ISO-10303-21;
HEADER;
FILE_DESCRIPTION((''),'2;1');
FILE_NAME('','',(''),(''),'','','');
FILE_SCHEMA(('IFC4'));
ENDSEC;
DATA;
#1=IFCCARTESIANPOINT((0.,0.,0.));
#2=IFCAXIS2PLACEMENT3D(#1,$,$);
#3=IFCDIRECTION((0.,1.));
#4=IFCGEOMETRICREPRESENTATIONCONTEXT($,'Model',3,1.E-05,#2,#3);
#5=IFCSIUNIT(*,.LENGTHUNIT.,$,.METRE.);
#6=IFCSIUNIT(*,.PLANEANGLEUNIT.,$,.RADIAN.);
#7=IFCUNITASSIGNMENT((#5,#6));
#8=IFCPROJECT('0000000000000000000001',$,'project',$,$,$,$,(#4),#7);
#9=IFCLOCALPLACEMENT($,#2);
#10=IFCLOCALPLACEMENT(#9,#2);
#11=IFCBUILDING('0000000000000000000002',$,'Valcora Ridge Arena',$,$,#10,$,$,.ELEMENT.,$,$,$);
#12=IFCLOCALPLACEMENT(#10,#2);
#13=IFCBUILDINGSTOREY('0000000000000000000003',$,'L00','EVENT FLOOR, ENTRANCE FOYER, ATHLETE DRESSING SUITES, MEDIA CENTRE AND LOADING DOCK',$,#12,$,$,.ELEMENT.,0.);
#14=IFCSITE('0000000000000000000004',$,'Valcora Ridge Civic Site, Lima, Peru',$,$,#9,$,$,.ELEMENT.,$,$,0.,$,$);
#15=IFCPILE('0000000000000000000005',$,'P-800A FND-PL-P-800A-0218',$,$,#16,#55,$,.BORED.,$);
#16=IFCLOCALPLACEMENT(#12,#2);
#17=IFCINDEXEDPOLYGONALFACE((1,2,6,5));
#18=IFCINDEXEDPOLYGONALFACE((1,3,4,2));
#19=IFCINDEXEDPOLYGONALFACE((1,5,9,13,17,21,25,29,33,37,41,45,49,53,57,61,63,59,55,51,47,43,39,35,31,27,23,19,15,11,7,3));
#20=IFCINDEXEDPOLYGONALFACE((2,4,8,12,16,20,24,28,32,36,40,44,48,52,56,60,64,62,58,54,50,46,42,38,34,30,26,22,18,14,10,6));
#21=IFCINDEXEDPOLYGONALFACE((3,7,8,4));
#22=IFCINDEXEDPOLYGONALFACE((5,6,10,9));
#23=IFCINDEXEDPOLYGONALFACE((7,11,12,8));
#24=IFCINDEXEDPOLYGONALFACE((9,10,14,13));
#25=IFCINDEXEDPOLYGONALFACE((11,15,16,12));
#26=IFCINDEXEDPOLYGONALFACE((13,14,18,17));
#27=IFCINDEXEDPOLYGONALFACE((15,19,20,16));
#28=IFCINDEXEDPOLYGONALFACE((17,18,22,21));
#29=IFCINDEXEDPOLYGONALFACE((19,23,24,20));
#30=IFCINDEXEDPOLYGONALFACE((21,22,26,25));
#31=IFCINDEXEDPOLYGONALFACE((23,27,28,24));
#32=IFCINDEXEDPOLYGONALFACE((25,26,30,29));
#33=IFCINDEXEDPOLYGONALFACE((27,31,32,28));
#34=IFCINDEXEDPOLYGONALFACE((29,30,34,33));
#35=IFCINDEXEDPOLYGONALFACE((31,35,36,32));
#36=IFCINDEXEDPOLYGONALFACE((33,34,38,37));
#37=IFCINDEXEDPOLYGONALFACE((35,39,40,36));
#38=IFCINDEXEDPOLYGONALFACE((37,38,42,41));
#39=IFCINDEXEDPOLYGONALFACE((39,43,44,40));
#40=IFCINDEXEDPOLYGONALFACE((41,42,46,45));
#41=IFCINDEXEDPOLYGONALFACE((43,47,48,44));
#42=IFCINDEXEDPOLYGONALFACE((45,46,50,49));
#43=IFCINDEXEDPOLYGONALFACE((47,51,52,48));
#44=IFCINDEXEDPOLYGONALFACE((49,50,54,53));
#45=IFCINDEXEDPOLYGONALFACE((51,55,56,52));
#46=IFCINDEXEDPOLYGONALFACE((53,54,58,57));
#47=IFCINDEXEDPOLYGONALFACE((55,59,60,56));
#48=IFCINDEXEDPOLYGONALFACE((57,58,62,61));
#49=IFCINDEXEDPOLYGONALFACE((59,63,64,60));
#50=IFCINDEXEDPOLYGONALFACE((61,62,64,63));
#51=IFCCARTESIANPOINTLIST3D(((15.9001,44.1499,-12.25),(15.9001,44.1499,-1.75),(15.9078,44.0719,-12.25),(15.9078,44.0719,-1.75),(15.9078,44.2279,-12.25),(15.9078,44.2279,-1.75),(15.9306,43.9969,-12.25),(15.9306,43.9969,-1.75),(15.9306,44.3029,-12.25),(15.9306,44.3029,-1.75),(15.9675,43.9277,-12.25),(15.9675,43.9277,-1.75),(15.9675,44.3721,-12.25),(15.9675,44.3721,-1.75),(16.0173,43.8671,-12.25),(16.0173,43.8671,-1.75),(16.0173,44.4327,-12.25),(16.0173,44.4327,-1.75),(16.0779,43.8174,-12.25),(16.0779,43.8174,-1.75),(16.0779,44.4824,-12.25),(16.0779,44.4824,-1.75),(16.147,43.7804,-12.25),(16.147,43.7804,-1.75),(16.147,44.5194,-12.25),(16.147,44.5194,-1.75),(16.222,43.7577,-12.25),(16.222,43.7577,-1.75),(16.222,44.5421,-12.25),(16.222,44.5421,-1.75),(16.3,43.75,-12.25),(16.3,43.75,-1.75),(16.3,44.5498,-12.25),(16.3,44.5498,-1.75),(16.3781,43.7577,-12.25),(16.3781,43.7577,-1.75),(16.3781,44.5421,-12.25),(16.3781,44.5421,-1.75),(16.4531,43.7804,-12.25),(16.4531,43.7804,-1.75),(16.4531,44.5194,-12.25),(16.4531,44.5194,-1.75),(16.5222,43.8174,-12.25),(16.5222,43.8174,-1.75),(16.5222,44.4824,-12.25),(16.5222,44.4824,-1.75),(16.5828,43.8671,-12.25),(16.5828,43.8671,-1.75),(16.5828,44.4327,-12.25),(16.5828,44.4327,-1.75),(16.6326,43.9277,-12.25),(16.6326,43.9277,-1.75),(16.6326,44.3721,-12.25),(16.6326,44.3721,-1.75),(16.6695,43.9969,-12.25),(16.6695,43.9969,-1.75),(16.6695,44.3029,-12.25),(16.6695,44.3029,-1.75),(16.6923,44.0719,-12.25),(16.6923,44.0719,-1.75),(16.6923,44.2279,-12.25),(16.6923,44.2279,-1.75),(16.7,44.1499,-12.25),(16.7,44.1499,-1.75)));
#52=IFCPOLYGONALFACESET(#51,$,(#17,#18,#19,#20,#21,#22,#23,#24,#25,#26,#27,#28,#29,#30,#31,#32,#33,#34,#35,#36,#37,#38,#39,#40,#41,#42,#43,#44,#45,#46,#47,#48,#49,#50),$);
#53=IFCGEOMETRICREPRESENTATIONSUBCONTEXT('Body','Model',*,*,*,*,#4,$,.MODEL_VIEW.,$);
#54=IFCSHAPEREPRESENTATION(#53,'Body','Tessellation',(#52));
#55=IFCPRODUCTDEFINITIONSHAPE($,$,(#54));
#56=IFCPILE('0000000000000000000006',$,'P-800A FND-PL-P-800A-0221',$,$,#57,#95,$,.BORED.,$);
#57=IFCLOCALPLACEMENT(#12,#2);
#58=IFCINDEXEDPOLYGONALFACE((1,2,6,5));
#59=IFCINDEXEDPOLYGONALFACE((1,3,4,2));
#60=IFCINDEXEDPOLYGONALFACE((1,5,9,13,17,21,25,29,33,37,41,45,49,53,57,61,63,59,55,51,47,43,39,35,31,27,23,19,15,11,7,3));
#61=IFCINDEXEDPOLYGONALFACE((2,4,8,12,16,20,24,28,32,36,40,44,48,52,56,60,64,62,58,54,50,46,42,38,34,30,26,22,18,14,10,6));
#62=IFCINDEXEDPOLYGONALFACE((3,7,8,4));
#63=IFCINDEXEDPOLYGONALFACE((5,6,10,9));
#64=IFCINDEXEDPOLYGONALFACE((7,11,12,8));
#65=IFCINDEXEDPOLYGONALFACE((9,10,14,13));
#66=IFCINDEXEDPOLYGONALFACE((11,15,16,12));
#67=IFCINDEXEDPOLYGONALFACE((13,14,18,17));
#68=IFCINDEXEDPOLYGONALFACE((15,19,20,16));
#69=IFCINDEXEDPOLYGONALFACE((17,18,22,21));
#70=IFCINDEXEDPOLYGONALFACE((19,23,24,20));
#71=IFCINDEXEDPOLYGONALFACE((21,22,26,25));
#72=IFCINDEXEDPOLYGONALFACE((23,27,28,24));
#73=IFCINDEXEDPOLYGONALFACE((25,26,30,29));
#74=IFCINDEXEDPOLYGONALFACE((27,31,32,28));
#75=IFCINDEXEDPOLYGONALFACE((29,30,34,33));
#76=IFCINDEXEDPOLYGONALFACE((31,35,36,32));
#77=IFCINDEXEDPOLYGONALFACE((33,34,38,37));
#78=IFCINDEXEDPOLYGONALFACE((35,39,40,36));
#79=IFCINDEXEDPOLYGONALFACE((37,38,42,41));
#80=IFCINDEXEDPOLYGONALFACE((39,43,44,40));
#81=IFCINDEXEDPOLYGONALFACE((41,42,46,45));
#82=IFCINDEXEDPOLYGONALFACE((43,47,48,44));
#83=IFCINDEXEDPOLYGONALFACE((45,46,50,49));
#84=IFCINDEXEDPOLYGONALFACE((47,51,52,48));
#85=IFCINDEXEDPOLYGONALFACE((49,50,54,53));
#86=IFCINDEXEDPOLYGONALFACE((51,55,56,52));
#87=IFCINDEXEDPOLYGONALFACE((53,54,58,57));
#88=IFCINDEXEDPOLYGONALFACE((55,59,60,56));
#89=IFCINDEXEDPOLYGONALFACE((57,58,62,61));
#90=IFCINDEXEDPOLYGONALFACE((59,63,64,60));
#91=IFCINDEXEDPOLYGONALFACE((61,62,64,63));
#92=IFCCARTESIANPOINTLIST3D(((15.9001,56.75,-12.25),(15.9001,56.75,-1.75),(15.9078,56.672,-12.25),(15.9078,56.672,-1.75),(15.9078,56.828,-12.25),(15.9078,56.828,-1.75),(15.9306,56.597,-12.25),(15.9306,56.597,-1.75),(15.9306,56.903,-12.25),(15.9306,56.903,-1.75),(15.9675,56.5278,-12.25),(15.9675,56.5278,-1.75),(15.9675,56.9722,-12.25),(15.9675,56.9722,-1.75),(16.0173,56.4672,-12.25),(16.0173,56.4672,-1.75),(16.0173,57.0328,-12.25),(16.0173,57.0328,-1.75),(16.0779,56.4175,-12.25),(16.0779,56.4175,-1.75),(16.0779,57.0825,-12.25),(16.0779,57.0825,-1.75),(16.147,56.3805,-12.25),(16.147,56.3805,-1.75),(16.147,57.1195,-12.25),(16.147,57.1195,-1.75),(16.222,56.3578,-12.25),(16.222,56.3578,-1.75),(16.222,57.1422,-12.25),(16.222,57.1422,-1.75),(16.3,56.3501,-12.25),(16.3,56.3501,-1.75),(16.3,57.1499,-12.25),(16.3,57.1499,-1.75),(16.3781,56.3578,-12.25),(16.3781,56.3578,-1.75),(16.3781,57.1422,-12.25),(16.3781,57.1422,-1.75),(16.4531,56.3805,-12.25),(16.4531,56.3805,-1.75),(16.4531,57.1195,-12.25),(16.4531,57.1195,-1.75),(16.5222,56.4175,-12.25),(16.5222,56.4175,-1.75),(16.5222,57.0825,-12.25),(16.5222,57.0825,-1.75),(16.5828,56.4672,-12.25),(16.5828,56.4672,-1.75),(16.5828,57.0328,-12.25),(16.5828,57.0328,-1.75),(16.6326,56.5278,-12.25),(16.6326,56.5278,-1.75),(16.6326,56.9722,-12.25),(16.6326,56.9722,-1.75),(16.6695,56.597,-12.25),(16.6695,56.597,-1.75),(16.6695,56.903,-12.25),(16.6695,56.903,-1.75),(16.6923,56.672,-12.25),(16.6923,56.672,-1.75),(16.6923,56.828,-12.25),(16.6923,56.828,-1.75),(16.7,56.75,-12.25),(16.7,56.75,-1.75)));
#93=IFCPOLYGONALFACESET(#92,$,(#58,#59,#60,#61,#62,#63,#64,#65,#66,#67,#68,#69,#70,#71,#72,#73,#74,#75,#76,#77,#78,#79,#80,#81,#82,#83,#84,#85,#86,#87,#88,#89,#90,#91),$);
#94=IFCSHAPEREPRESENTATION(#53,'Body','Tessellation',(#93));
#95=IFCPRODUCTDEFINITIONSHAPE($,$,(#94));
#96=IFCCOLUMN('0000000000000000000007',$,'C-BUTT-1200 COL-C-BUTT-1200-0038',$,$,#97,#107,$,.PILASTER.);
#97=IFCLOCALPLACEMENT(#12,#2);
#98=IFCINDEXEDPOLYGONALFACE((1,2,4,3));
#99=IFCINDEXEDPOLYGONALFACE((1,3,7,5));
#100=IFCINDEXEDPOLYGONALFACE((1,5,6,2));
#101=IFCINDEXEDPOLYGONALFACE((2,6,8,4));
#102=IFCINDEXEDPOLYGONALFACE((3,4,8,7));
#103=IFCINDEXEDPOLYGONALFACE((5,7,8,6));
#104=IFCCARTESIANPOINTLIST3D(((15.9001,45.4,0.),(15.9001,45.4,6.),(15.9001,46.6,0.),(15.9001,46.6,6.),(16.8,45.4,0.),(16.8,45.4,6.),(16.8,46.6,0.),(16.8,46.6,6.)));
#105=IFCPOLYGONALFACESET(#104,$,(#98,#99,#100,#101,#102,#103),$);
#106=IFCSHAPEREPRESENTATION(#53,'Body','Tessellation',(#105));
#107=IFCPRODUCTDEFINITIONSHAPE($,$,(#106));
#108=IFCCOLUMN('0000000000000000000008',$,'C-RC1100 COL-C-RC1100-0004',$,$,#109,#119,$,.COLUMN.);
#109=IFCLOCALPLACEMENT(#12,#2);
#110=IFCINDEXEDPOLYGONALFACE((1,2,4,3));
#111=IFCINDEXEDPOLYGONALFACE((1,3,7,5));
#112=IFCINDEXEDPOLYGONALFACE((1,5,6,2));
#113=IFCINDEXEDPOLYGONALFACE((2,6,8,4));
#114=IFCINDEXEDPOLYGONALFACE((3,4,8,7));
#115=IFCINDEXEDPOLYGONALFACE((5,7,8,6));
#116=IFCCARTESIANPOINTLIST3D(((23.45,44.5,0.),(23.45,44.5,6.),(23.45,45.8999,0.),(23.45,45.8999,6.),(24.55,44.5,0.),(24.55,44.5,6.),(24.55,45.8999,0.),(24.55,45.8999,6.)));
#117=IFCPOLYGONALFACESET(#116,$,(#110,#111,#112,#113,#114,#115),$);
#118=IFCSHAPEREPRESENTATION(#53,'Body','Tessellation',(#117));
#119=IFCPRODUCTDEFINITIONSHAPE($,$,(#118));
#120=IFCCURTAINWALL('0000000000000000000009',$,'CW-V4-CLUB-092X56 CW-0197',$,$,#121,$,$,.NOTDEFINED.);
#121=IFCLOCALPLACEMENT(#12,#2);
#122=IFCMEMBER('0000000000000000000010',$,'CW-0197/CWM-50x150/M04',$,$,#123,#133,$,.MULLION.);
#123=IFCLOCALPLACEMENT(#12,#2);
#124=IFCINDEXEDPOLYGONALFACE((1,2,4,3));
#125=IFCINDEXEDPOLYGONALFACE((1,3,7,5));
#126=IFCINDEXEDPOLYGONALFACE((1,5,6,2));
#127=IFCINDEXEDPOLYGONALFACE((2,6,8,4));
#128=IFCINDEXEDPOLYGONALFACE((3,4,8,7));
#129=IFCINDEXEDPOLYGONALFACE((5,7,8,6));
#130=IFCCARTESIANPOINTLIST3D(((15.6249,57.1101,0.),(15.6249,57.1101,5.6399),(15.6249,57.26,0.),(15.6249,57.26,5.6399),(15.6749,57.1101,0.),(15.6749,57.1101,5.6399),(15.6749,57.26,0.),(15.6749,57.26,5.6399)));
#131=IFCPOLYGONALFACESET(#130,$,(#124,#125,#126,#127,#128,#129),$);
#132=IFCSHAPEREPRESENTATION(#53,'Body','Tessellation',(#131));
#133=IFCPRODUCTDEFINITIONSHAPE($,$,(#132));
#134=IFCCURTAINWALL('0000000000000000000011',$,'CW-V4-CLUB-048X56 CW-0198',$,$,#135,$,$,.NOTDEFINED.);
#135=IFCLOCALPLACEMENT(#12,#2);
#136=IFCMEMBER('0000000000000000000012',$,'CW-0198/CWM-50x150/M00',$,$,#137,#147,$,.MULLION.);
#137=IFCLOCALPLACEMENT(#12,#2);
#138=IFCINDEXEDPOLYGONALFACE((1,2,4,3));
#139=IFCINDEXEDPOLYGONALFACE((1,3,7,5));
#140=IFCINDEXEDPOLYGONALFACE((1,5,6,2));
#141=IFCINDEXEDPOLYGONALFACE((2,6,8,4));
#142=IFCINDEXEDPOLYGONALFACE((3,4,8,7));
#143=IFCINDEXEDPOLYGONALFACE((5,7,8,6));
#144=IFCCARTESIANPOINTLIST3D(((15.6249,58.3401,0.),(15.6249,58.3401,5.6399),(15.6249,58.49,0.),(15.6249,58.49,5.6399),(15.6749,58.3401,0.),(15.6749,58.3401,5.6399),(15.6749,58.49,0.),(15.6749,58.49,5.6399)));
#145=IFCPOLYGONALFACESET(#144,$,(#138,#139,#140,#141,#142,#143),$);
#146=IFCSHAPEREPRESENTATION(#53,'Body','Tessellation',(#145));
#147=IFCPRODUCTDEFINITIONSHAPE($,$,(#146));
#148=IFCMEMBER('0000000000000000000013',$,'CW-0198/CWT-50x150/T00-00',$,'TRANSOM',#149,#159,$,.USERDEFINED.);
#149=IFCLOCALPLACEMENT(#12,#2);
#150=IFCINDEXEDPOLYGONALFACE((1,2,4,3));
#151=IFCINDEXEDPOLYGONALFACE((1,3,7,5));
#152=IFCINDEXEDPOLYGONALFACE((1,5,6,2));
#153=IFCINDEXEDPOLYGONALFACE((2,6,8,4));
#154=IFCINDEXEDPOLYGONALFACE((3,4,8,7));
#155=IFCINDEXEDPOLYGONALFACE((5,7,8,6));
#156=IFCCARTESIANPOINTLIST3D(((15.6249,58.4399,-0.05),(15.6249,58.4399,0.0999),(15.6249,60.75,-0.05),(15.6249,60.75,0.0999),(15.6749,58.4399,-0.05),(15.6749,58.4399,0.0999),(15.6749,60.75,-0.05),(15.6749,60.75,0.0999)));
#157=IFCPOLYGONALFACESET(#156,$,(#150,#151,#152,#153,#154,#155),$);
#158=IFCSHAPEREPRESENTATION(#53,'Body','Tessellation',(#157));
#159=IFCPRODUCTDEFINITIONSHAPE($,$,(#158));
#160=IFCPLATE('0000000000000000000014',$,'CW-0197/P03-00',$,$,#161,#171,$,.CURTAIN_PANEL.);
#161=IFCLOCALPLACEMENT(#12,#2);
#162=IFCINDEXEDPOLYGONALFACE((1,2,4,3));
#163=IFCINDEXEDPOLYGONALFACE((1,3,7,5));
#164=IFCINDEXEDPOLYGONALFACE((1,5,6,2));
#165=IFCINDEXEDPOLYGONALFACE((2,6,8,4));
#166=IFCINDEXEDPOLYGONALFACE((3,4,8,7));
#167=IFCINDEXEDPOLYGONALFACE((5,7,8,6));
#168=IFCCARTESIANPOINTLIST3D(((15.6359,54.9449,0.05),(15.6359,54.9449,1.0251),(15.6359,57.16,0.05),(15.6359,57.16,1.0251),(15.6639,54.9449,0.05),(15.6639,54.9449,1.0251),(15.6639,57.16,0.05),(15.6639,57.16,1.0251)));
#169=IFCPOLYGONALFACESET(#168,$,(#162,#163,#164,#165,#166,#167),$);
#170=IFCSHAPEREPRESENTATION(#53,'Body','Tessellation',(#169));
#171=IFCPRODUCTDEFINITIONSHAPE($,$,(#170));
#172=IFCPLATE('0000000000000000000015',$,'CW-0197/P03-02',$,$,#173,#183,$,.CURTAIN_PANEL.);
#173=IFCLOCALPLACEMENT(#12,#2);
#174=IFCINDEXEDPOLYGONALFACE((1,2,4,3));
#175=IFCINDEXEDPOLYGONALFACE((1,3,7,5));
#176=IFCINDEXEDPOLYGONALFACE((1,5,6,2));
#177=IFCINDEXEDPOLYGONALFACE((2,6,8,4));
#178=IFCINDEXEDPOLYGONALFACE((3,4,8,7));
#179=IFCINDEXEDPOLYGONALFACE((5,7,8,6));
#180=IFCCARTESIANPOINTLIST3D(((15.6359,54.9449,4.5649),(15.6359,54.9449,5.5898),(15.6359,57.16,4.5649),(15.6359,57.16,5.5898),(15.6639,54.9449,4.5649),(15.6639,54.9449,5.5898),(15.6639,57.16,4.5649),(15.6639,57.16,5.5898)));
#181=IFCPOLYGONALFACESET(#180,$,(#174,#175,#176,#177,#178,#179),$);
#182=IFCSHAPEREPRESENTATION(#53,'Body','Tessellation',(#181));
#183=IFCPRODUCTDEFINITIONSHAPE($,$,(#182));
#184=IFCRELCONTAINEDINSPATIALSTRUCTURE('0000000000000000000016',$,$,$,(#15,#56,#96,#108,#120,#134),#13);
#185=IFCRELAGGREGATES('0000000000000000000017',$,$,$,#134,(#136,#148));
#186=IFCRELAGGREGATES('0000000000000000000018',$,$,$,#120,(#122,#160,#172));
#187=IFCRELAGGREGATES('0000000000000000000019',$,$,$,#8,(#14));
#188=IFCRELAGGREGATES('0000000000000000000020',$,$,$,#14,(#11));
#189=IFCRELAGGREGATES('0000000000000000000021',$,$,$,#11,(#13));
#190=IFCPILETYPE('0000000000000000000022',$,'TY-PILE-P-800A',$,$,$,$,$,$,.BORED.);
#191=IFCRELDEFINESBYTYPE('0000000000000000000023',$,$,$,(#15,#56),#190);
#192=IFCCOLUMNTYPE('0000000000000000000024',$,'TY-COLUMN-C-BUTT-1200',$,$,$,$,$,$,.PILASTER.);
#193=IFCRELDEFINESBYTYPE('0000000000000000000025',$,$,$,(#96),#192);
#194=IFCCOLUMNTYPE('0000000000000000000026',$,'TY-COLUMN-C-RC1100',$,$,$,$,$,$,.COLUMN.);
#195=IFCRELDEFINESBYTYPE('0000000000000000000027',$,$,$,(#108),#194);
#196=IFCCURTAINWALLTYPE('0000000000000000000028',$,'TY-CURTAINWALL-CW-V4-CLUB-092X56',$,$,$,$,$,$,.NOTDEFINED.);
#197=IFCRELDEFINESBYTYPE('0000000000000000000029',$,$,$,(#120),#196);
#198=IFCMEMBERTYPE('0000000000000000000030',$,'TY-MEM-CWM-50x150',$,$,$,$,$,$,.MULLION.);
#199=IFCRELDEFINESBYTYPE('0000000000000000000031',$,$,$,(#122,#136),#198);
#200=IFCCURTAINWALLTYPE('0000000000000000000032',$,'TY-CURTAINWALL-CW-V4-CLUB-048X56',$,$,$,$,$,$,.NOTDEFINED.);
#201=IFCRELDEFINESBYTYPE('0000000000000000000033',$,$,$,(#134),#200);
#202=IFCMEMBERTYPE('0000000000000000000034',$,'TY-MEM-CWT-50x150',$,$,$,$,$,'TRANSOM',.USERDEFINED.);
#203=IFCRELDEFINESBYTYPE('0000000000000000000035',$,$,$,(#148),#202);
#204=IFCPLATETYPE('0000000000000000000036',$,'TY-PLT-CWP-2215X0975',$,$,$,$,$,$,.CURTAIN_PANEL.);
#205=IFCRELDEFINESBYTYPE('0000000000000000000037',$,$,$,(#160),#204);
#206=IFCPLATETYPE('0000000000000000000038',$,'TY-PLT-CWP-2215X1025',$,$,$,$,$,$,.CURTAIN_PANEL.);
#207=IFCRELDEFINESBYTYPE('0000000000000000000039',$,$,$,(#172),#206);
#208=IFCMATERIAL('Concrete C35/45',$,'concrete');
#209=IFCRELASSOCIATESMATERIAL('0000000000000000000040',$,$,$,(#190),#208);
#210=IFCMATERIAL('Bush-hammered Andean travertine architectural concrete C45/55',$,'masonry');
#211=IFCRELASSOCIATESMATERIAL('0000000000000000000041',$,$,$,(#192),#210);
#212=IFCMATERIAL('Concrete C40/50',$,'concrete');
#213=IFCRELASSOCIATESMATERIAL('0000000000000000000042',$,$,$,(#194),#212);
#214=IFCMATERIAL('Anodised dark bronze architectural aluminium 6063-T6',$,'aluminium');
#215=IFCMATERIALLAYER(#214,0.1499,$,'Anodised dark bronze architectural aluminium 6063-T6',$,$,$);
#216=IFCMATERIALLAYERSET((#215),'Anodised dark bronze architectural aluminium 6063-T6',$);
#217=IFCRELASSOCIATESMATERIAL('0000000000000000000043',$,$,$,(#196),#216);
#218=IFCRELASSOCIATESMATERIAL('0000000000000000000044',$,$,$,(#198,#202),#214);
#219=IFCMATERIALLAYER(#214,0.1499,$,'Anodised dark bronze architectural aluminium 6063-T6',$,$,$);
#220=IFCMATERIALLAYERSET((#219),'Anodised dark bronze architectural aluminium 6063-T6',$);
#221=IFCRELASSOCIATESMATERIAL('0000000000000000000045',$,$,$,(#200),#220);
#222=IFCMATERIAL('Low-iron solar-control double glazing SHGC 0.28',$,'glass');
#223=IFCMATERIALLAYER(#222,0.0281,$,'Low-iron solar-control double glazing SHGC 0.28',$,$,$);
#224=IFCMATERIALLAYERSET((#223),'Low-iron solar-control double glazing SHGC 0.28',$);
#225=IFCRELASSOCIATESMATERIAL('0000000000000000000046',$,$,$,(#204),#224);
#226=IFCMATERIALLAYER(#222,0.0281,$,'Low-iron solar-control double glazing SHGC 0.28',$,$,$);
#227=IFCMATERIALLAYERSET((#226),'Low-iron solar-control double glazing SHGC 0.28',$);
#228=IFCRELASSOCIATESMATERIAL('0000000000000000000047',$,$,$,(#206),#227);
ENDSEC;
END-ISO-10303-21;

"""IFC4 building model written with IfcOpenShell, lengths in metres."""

from ifc_helpers import new_model, si_unit, direction, frame, origin, origin_2d, place, context, subcontext, project, spatial, rectangle, circle, extrude, material, layer, layer_set, material_profile, profile_set, type_object, element, aggregate, save


model = new_model("IFC4")

# Units and contexts
model_context = context("Model", 3, precision=1e-05, world=origin(), true_north=direction((0.0, 1.0)))
body_context = subcontext(model_context, "Body", "Model", "MODEL_VIEW")
ifc_project = project(units=[si_unit("LENGTHUNIT", "METRE"), si_unit("PLANEANGLEUNIT", "RADIAN")], contexts=[model_context])

# Site, building, storey
site_placement = place(None, origin())
site = spatial("IfcSite", under=ifc_project, at=site_placement, Name="Valcora Ridge Civic Site, Lima, Peru", CompositionType="ELEMENT", RefElevation=0.0)
building_placement = place(site_placement, origin())
building = spatial("IfcBuilding", under=site, at=building_placement, Name="Valcora Ridge Arena", CompositionType="ELEMENT")
storey_placement = place(building_placement, origin())
storey = spatial("IfcBuildingStorey", under=building, at=storey_placement, Name="L00", Description="EVENT FLOOR, ENTRANCE FOYER, ATHLETE DRESSING SUITES, MEDIA CENTRE AND LOADING DOCK", CompositionType="ELEMENT", Elevation=0.0)

# Piles
ifc_material_1 = material(Name="Concrete C35/45", Category="concrete")
ifc_material_profile_1 = material_profile(ifc_material_1, circle(Radius=0.3999, at=origin_2d()), Name="BORED PILE D800")
ifc_profile_set_1 = profile_set([ifc_material_profile_1], Name="Concrete C35/45")
pile_type = type_object("IfcPileType", Name="TY-PILE-P-800A", PredefinedType="BORED", material=ifc_profile_set_1)
for number, where, z_axis, x_axis, name in (
    (1, (16.3, 44.1499, -1.75), (0.0, 0.0, -1.0), (1.0, 0.0, 0.0), "P-800A FND-PL-P-800A-0218"),
    (2, (16.3, 56.75, -1.75), (0.0, 0.0, -1.0), (1.0, 0.0, 0.0), "P-800A FND-PL-P-800A-0221"),
):
    element("IfcPile", number, at=place(storey_placement, frame(where, z_axis=z_axis, x_axis=x_axis)), inside=storey, type_object=pile_type, Name=name, PredefinedType="BORED", context=body_context, shape_type="SweptSolid", body=[
        extrude(circle(Radius=0.3999, at=origin_2d()), origin(), (0.0, 0.0, 1.0), 10.5),
    ])

# Columns
ifc_material_2 = material(Name="Bush-hammered Andean travertine architectural concrete C45/55", Category="masonry")
ifc_material_profile_2 = material_profile(ifc_material_2, rectangle(XDim=0.8999, YDim=1.2, at=origin_2d()), Name="RC 900x1200")
ifc_profile_set_2 = profile_set([ifc_material_profile_2], Name="Bush-hammered Andean travertine architectural concrete C45/55")
column_type_1 = type_object("IfcColumnType", Name="TY-COLUMN-C-BUTT-1200", PredefinedType="PILASTER", material=ifc_profile_set_2)
column_1_placement = place(storey_placement, frame((16.3501, 46.0, 0.0), z_axis=(0.0, 0.0, 1.0), x_axis=(1.0, 0.0, 0.0)))
element("IfcColumn", 3, at=column_1_placement, inside=storey, type_object=column_type_1, Name="C-BUTT-1200 COL-C-BUTT-1200-0038", PredefinedType="PILASTER", context=body_context, shape_type="SweptSolid", body=[
    extrude(rectangle(XDim=0.8999, YDim=1.2, at=origin_2d()), origin(), (0.0, 0.0, 1.0), 6.0),
])
ifc_material_3 = material(Name="Concrete C40/50", Category="concrete")
ifc_material_profile_3 = material_profile(ifc_material_3, rectangle(XDim=1.1001, YDim=1.3999, at=origin_2d()), Name="RC 1100x1400")
ifc_profile_set_3 = profile_set([ifc_material_profile_3], Name="Concrete C40/50")
column_type_2 = type_object("IfcColumnType", Name="TY-COLUMN-C-RC1100", PredefinedType="COLUMN", material=ifc_profile_set_3)
column_2_placement = place(storey_placement, frame((24.0, 45.2, 0.0), z_axis=(0.0, 0.0, 1.0), x_axis=(1.0, 0.0, 0.0)))
element("IfcColumn", 4, at=column_2_placement, inside=storey, type_object=column_type_2, Name="C-RC1100 COL-C-RC1100-0004", PredefinedType="COLUMN", context=body_context, shape_type="SweptSolid", body=[
    extrude(rectangle(XDim=1.1001, YDim=1.3999, at=origin_2d()), origin(), (0.0, 0.0, 1.0), 6.0),
])

# Curtain wall, member
ifc_material_4 = material(Name="Anodised dark bronze architectural aluminium 6063-T6", Category="aluminium")
ifc_layer_1 = layer(ifc_material_4, 0.1499, Name="Anodised dark bronze architectural aluminium 6063-T6")
ifc_layer_set_1 = layer_set([ifc_layer_1], Name="Anodised dark bronze architectural aluminium 6063-T6")
curtain_wall_type_1 = type_object("IfcCurtainWallType", Name="TY-CURTAINWALL-CW-V4-CLUB-092X56", PredefinedType="NOTDEFINED", material=ifc_layer_set_1)
curtain_wall_1_placement = place(storey_placement, origin())
curtain_wall_1 = element("IfcCurtainWall", 5, at=curtain_wall_1_placement, inside=storey, type_object=curtain_wall_type_1, Name="CW-V4-CLUB-092X56 CW-0197", PredefinedType="NOTDEFINED")
ifc_material_profile_4 = material_profile(ifc_material_4, rectangle(XDim=0.05, YDim=0.1499, at=origin_2d()), Name="ALU MULLION 50x150")
ifc_profile_set_4 = profile_set([ifc_material_profile_4], Name="Anodised dark bronze architectural aluminium 6063-T6")
member_type_1 = type_object("IfcMemberType", Name="TY-MEM-CWM-50x150", PredefinedType="MULLION", material=ifc_profile_set_4)
member_1_placement = place(storey_placement, frame((15.6499, 57.1851, 0.0), z_axis=(0.0, 0.0, 1.0), x_axis=(-1.0, 0.0, 0.0)))
member_1 = element("IfcMember", 6, at=member_1_placement, type_object=member_type_1, Name="CW-0197/CWM-50x150/M04", PredefinedType="MULLION", context=body_context, shape_type="SweptSolid", body=[
    extrude(rectangle(XDim=0.05, YDim=0.1499, at=origin_2d()), origin(), (0.0, 0.0, 1.0), 5.6399),
])

# Curtain wall, members
ifc_layer_2 = layer(ifc_material_4, 0.1499, Name="Anodised dark bronze architectural aluminium 6063-T6")
ifc_layer_set_2 = layer_set([ifc_layer_2], Name="Anodised dark bronze architectural aluminium 6063-T6")
curtain_wall_type_2 = type_object("IfcCurtainWallType", Name="TY-CURTAINWALL-CW-V4-CLUB-048X56", PredefinedType="NOTDEFINED", material=ifc_layer_set_2)
curtain_wall_2_placement = place(storey_placement, origin())
curtain_wall_2 = element("IfcCurtainWall", 7, at=curtain_wall_2_placement, inside=storey, type_object=curtain_wall_type_2, Name="CW-V4-CLUB-048X56 CW-0198", PredefinedType="NOTDEFINED")
member_2_placement = place(storey_placement, frame((15.6499, 58.415, 0.0), z_axis=(0.0, 0.0, 1.0), x_axis=(-1.0, 0.0, 0.0)))
member_2 = element("IfcMember", 8, at=member_2_placement, type_object=member_type_1, Name="CW-0198/CWM-50x150/M00", PredefinedType="MULLION", context=body_context, shape_type="SweptSolid", body=[
    extrude(rectangle(XDim=0.05, YDim=0.1499, at=origin_2d()), origin(), (0.0, 0.0, 1.0), 5.6399),
])
ifc_material_profile_5 = material_profile(ifc_material_4, rectangle(XDim=0.05, YDim=0.1499, at=origin_2d()), Name="ALU TRANSOM 50x150")
ifc_profile_set_5 = profile_set([ifc_material_profile_5], Name="Anodised dark bronze architectural aluminium 6063-T6")
member_type_2 = type_object("IfcMemberType", Name="TY-MEM-CWT-50x150", ElementType="TRANSOM", PredefinedType="USERDEFINED", material=ifc_profile_set_5)
member_3_placement = place(storey_placement, frame((15.6499, 58.4399, 0.0249), z_axis=(0.0, 1.0, 0.0), x_axis=(-1.0, 0.0, 0.0)))
member_3 = element("IfcMember", 9, at=member_3_placement, type_object=member_type_2, Name="CW-0198/CWT-50x150/T00-00", ObjectType="TRANSOM", PredefinedType="USERDEFINED", context=body_context, shape_type="SweptSolid", body=[
    extrude(rectangle(XDim=0.05, YDim=0.1499, at=origin_2d()), origin(), (0.0, 0.0, 1.0), 2.3101),
])
aggregate(curtain_wall_2, [member_2, member_3])

# Plates
ifc_material_5 = material(Name="Low-iron solar-control double glazing SHGC 0.28", Category="glass")
ifc_layer_3 = layer(ifc_material_5, 0.0281, Name="Low-iron solar-control double glazing SHGC 0.28")
ifc_layer_set_3 = layer_set([ifc_layer_3], Name="Low-iron solar-control double glazing SHGC 0.28")
plate_type_1 = type_object("IfcPlateType", Name="TY-PLT-CWP-2215X0975", PredefinedType="CURTAIN_PANEL", material=ifc_layer_set_3)
plate_1_placement = place(storey_placement, frame((15.6499, 56.0525, 0.05), z_axis=(0.0, 0.0, 1.0), x_axis=(0.0, 1.0, 0.0)))
plate_1 = element("IfcPlate", 10, at=plate_1_placement, type_object=plate_type_1, Name="CW-0197/P03-00", PredefinedType="CURTAIN_PANEL", context=body_context, shape_type="SweptSolid", body=[
    extrude(rectangle(XDim=2.2151, YDim=0.0281, at=origin_2d()), origin(), (0.0, 0.0, 1.0), 0.9751),
])
ifc_layer_4 = layer(ifc_material_5, 0.0281, Name="Low-iron solar-control double glazing SHGC 0.28")
ifc_layer_set_4 = layer_set([ifc_layer_4], Name="Low-iron solar-control double glazing SHGC 0.28")
plate_type_2 = type_object("IfcPlateType", Name="TY-PLT-CWP-2215X1025", PredefinedType="CURTAIN_PANEL", material=ifc_layer_set_4)
plate_2_placement = place(storey_placement, frame((15.6499, 56.0525, 4.5649), z_axis=(0.0, 0.0, 1.0), x_axis=(0.0, 1.0, 0.0)))
plate_2 = element("IfcPlate", 11, at=plate_2_placement, type_object=plate_type_2, Name="CW-0197/P03-02", PredefinedType="CURTAIN_PANEL", context=body_context, shape_type="SweptSolid", body=[
    extrude(rectangle(XDim=2.2151, YDim=0.0281, at=origin_2d()), origin(), (0.0, 0.0, 1.0), 1.0249),
])
aggregate(curtain_wall_1, [member_1, plate_1, plate_2])

save(model, "model.ifc")
